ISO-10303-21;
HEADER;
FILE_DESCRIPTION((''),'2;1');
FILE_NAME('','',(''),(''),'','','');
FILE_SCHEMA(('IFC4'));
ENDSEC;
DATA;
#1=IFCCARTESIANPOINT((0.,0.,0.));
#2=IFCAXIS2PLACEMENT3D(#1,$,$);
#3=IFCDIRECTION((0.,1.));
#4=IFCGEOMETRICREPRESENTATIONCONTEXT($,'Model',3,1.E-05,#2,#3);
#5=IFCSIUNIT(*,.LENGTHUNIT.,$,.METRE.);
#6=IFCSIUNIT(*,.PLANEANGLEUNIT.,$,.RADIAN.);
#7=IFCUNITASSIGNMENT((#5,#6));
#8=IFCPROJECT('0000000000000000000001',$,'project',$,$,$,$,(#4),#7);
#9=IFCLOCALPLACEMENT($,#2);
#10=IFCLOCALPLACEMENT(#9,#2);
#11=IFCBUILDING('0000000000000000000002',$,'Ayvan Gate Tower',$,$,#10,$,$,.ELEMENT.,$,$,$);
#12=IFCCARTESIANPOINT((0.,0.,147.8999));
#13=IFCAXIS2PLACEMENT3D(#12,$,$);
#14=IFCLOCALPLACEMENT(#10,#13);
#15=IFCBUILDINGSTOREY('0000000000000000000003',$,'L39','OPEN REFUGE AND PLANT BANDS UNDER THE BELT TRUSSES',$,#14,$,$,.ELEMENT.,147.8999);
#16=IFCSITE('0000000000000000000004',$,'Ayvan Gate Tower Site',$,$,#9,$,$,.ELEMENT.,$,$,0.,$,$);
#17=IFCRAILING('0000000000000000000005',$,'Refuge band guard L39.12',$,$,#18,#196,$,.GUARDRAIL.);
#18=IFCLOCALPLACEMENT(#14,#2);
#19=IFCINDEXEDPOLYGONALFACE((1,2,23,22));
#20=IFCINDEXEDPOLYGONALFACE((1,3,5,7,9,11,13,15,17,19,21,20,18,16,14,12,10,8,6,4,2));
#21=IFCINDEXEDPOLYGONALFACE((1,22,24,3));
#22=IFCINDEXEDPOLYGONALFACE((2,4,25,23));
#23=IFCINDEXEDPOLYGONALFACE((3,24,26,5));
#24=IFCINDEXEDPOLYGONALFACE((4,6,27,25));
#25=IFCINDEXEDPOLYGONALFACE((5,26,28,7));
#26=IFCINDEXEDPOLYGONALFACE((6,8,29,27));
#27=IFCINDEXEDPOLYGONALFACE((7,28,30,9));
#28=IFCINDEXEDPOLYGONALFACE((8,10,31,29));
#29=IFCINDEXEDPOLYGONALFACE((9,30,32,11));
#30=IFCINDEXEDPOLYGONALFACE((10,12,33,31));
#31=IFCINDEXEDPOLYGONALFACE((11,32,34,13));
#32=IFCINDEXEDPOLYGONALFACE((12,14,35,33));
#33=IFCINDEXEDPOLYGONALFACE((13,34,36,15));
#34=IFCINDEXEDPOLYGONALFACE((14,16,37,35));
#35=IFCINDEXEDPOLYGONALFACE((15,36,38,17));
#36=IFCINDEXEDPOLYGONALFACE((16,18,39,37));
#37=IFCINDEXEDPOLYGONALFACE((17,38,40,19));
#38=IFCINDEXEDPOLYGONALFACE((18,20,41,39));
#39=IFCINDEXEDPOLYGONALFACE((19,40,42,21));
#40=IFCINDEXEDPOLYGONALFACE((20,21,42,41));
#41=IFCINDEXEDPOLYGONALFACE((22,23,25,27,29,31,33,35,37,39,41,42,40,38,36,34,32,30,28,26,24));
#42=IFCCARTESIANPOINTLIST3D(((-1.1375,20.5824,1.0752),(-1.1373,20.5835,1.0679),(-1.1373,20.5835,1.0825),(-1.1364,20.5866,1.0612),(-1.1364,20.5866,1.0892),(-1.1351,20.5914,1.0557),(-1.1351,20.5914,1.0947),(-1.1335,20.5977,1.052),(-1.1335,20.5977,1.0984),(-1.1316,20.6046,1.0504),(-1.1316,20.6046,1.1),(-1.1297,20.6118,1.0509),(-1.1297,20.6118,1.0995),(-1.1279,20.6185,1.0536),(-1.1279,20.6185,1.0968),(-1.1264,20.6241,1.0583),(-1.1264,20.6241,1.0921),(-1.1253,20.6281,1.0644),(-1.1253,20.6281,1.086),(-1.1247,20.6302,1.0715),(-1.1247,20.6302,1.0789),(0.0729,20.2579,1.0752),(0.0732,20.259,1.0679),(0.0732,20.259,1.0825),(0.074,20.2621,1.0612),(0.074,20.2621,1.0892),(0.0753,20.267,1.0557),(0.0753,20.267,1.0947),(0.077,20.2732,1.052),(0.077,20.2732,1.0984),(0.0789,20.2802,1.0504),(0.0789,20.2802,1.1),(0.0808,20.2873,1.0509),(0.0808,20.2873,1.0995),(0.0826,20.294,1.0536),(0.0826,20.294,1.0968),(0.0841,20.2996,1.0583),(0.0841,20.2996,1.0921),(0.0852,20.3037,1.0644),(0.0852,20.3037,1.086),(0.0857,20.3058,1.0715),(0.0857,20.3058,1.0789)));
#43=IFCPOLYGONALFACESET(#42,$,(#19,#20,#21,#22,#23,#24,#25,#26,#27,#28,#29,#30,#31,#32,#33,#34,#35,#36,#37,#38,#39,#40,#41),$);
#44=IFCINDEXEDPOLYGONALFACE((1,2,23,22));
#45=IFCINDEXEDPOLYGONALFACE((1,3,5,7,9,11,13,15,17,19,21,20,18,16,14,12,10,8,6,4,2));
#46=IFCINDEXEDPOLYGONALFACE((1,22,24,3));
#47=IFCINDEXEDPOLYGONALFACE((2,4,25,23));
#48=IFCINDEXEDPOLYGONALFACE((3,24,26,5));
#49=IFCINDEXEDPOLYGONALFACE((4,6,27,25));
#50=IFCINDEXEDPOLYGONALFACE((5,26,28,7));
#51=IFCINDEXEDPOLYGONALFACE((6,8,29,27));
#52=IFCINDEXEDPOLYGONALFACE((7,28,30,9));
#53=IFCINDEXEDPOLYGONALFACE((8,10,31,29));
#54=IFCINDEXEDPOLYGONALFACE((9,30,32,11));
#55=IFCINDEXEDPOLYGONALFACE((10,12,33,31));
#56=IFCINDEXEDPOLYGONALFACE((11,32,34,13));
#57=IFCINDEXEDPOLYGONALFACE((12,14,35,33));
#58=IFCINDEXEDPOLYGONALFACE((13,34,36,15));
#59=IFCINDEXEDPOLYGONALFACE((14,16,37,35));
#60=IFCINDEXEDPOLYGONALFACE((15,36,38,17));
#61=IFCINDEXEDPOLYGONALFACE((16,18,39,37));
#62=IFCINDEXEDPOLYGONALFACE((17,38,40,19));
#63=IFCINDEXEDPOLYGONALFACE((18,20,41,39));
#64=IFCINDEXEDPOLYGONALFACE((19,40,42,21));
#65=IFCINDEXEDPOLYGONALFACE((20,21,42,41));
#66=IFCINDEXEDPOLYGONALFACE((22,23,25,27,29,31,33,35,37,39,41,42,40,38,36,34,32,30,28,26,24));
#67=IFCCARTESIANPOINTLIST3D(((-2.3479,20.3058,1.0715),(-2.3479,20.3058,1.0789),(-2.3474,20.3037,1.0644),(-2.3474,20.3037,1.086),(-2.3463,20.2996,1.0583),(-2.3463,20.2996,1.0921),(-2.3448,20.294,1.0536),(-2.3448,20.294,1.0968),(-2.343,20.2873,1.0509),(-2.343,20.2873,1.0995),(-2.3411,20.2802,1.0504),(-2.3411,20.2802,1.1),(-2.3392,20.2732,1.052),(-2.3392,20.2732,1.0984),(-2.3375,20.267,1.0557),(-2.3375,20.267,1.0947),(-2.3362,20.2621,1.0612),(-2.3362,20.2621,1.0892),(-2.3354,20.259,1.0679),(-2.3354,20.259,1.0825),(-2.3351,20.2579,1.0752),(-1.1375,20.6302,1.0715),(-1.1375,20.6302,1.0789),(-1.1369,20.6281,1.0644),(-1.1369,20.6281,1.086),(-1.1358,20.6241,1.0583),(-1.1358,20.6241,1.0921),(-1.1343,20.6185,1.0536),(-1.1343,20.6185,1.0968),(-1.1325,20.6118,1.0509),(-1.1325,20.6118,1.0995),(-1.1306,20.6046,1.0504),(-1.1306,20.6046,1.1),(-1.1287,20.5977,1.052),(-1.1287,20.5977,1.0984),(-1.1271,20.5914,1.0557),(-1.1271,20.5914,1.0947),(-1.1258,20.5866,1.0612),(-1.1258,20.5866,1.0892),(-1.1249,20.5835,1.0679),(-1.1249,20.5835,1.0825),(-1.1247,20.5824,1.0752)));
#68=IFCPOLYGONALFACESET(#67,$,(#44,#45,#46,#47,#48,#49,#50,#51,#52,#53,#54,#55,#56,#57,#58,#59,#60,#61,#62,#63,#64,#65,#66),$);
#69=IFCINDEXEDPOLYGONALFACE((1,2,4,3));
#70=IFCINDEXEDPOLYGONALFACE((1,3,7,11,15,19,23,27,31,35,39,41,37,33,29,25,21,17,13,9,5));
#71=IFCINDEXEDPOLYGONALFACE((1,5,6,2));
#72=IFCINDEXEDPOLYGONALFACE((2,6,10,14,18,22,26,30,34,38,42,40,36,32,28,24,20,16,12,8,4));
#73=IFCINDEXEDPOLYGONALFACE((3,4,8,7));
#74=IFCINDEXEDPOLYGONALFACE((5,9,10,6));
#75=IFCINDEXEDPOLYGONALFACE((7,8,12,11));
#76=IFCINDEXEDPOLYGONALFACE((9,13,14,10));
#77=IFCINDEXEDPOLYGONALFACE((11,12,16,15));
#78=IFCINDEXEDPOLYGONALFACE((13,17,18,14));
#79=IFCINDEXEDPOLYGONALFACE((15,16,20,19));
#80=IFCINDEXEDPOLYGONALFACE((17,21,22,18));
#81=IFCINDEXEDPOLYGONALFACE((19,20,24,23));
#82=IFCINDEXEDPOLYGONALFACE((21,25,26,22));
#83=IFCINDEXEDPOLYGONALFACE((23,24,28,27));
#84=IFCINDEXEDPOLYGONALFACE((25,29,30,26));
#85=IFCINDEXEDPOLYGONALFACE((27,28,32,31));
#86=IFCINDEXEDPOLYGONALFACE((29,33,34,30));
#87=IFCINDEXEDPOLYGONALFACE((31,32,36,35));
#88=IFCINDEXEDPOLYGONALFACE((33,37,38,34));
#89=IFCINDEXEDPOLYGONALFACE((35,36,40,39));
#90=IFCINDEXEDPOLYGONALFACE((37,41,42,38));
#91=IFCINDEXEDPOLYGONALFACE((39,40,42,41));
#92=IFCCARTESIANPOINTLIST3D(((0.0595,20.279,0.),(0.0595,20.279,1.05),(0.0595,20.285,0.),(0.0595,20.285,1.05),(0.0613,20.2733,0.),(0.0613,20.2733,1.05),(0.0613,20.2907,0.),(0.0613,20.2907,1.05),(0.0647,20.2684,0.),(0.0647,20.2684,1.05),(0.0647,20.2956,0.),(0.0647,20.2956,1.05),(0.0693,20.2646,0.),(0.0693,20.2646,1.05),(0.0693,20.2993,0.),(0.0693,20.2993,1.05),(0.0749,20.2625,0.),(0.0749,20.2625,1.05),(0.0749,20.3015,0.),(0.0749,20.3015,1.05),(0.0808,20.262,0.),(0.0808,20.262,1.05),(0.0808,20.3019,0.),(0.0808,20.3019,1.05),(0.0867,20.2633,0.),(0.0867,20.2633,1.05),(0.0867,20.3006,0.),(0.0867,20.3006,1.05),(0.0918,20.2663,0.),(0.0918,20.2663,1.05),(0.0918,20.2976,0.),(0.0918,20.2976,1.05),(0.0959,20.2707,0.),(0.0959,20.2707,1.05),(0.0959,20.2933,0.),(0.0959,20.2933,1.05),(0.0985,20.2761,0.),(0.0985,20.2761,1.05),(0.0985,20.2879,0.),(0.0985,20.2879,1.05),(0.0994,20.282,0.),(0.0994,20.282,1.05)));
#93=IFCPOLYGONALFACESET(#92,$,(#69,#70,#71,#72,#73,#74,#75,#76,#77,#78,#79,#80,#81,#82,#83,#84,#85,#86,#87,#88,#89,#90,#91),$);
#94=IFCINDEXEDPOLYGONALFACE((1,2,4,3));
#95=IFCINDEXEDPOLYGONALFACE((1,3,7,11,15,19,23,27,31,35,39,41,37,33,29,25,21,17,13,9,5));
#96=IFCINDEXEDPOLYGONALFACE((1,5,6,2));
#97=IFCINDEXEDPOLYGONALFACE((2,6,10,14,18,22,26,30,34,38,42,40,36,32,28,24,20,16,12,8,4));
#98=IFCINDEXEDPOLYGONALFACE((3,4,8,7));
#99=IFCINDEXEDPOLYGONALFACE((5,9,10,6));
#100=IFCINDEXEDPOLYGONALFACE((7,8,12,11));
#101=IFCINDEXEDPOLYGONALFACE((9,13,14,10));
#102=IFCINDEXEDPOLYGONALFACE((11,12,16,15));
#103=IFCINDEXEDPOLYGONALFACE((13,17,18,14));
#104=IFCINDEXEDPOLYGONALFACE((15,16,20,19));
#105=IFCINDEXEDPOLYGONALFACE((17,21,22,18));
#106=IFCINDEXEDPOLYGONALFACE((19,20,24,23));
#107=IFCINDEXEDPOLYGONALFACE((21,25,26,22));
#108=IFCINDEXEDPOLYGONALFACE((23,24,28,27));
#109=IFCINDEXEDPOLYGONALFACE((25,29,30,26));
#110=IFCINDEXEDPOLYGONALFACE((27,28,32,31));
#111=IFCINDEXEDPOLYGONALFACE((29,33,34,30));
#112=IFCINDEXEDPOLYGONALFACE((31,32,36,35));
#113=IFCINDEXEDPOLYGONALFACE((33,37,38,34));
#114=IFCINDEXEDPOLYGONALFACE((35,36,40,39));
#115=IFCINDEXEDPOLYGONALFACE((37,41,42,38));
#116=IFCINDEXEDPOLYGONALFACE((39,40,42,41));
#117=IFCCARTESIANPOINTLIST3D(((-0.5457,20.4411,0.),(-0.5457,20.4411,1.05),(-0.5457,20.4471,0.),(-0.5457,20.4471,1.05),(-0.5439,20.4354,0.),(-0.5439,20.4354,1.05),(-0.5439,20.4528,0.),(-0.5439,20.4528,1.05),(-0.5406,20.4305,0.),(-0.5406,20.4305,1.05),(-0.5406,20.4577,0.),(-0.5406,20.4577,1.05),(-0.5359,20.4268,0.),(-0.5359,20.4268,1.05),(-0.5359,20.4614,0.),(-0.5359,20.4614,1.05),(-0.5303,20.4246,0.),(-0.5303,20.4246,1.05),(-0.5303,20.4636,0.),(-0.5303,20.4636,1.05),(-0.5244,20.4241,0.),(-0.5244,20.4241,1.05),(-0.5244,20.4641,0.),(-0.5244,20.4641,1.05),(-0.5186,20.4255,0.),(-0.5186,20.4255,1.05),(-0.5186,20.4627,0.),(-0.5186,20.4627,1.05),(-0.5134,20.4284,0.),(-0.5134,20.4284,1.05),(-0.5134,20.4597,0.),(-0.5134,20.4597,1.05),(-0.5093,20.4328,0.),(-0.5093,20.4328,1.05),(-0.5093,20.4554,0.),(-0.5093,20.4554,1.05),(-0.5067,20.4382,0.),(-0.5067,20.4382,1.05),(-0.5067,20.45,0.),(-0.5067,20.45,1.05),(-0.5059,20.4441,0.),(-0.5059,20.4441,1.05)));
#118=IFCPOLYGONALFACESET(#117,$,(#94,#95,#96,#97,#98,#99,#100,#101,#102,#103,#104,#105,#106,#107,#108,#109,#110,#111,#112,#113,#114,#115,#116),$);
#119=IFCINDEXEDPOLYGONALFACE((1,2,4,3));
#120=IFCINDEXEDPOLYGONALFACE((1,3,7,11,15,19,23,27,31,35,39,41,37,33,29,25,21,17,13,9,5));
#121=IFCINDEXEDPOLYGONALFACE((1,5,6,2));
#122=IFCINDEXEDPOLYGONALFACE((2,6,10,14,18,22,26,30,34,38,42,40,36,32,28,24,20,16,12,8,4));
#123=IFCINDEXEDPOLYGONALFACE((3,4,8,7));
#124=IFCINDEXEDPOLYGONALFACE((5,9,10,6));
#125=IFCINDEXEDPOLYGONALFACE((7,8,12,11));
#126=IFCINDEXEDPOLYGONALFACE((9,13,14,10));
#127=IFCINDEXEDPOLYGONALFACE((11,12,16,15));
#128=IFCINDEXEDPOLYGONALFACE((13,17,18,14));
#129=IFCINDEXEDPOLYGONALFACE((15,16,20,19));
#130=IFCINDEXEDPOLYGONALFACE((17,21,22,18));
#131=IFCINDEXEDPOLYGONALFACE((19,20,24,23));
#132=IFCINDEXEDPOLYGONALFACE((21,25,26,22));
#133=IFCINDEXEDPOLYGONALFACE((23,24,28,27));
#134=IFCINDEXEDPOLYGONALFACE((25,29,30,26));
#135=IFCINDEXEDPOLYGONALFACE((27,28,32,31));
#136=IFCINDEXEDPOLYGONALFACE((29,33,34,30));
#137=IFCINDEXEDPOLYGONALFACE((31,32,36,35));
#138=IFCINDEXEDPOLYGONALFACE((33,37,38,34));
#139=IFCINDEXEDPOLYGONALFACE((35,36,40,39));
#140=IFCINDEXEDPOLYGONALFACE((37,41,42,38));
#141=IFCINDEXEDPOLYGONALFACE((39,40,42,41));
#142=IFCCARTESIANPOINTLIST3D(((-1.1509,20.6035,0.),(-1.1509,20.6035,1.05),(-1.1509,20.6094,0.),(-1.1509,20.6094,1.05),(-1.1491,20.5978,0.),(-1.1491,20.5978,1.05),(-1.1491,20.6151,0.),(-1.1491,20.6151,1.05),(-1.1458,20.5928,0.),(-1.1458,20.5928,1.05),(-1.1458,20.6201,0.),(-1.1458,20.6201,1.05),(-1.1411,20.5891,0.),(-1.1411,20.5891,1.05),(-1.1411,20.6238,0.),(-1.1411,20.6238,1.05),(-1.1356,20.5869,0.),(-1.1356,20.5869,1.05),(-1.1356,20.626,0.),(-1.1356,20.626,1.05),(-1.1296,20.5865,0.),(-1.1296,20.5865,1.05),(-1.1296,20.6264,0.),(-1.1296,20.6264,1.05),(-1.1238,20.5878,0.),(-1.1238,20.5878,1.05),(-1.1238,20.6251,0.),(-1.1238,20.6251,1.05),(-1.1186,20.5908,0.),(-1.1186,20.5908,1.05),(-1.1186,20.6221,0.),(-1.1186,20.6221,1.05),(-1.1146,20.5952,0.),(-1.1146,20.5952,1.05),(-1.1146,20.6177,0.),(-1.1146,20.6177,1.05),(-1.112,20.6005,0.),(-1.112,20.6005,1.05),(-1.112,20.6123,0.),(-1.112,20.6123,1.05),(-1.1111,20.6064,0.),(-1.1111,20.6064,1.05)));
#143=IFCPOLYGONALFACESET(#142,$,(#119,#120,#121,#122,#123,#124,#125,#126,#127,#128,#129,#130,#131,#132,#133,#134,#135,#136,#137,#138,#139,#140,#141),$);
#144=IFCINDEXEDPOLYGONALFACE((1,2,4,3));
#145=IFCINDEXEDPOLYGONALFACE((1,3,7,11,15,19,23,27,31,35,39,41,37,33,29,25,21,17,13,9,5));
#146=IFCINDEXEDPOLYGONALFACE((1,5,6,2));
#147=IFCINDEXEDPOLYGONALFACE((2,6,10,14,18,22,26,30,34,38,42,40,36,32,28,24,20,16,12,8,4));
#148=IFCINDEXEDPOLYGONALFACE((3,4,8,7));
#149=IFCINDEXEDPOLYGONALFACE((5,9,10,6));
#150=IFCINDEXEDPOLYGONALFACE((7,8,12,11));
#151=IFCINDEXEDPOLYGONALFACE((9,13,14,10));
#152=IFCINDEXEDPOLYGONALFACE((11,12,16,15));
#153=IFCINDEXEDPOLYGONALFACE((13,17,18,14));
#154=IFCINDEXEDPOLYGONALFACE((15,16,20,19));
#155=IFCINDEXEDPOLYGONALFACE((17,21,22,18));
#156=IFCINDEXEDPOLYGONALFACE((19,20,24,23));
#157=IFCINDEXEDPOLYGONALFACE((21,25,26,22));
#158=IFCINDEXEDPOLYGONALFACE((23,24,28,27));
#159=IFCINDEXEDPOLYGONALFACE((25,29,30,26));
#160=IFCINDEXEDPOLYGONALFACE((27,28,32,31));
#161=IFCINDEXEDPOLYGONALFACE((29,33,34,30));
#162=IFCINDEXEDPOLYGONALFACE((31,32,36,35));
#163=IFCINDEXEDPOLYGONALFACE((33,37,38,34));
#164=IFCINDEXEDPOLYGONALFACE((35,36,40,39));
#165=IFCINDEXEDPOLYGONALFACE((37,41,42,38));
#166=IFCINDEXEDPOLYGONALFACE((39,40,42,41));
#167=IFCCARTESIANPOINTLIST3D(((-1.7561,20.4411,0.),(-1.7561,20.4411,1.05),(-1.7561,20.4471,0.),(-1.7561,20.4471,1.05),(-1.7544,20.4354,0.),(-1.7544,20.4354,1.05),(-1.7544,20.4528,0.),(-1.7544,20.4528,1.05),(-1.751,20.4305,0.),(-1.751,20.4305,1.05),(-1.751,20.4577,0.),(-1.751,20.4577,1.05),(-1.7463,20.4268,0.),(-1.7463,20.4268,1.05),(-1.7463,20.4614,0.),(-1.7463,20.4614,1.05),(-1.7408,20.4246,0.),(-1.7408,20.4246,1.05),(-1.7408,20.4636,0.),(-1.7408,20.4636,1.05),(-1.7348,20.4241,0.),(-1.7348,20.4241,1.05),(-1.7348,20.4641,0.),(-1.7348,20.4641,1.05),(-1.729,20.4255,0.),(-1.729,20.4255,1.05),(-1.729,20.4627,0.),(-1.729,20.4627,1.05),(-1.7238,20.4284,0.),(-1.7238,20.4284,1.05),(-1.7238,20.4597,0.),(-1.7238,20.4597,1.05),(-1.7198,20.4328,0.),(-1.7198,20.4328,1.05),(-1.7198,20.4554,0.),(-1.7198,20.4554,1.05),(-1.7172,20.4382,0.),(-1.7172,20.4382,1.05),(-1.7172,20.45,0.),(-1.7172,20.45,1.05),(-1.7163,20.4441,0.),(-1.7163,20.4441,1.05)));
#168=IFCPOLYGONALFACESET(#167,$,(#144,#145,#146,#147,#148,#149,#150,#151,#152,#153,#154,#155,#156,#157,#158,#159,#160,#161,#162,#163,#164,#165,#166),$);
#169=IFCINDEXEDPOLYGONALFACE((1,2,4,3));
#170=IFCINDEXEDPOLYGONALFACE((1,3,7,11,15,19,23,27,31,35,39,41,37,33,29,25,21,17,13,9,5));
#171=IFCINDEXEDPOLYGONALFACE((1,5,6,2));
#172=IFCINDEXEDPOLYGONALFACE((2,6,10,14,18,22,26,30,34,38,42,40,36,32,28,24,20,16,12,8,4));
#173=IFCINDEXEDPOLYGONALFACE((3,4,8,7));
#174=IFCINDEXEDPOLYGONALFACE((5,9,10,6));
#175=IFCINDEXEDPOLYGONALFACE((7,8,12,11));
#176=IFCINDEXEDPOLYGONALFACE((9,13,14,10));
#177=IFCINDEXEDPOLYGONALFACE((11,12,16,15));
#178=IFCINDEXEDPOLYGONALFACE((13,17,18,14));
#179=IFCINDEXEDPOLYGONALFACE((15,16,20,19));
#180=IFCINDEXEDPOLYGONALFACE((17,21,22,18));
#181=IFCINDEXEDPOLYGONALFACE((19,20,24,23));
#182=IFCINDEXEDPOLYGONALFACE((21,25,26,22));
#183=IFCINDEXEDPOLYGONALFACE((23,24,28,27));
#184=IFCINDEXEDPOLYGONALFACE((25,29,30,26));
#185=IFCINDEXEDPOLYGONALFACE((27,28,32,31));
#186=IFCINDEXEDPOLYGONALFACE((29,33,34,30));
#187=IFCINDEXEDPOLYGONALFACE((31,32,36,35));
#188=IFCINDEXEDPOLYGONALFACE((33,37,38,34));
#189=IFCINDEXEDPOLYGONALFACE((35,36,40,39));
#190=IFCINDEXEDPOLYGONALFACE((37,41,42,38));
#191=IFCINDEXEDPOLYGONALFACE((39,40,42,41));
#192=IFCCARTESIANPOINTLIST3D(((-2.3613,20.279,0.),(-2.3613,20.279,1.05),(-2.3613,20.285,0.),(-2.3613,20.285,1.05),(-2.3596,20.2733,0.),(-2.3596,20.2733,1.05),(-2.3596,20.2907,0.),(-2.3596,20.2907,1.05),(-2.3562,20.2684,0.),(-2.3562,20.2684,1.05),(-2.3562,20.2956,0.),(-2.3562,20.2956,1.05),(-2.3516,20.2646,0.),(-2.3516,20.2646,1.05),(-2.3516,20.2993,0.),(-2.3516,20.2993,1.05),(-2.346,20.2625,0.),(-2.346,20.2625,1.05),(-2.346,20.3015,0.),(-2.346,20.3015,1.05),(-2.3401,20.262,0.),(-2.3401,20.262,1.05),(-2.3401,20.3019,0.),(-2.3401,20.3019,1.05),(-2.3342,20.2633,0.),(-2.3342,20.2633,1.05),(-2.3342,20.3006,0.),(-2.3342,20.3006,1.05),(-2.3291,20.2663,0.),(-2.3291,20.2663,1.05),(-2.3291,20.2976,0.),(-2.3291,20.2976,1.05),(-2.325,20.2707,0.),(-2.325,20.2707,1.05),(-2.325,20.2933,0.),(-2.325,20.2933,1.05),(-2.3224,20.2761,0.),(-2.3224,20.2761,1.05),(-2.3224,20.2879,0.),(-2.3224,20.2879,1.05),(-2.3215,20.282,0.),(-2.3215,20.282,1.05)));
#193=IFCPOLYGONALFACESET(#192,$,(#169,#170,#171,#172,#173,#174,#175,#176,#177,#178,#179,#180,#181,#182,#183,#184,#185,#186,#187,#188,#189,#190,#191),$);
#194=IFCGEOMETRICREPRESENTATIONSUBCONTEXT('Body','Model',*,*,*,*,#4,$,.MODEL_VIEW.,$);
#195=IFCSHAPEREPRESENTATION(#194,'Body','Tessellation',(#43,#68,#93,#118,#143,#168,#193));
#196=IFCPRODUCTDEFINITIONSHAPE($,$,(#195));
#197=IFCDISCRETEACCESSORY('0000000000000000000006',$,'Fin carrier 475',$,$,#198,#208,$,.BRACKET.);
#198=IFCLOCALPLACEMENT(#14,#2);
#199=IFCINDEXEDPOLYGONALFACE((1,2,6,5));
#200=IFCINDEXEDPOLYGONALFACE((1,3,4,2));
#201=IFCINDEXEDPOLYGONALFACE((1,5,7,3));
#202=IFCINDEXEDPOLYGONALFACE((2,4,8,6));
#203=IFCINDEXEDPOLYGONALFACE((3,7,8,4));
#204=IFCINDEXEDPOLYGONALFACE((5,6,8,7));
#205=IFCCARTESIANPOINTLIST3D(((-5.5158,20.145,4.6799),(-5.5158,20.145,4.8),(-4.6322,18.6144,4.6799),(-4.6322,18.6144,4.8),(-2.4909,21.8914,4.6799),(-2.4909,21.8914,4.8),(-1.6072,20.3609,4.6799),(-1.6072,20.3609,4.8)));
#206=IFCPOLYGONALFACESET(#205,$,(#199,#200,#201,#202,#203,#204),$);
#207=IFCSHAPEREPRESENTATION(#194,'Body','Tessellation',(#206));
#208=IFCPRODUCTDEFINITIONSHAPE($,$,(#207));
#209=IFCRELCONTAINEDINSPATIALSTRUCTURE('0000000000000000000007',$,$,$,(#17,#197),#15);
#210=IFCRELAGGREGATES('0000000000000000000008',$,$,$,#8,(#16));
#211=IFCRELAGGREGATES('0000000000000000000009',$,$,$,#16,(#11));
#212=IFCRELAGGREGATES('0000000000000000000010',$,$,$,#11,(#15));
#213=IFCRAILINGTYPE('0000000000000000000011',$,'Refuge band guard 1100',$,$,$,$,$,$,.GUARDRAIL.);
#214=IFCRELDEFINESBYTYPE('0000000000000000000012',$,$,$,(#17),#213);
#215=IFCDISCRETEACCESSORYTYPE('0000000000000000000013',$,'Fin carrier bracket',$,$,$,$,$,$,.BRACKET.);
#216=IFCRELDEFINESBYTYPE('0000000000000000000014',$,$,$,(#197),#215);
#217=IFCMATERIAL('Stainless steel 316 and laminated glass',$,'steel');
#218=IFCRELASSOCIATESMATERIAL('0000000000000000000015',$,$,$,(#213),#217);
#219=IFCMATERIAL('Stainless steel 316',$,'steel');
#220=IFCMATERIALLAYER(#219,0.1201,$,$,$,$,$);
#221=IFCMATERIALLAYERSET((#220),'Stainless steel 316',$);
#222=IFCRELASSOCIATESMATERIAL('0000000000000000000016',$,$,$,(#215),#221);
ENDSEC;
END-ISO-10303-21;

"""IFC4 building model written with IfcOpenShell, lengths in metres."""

from ifc_helpers import new_model, si_unit, direction, frame, origin, origin_2d, place, context, subcontext, project, spatial, rectangle, circle, extrude, material, layer, layer_set, type_object, element, save


model = new_model("IFC4")

# Units and contexts
model_context = context("Model", 3, precision=1e-05, world=origin(), true_north=direction((0.0, 1.0)))
body_context = subcontext(model_context, "Body", "Model", "MODEL_VIEW")
ifc_project = project(units=[si_unit("LENGTHUNIT", "METRE"), si_unit("PLANEANGLEUNIT", "RADIAN")], contexts=[model_context])

# Site, building, storey
site_placement = place(None, origin())
site = spatial("IfcSite", under=ifc_project, at=site_placement, Name="Ayvan Gate Tower Site", CompositionType="ELEMENT", RefElevation=0.0)
building_placement = place(site_placement, origin())
building = spatial("IfcBuilding", under=site, at=building_placement, Name="Ayvan Gate Tower", CompositionType="ELEMENT")
storey_placement = place(building_placement, frame((0.0, 0.0, 147.8999)))
storey = spatial("IfcBuildingStorey", under=building, at=storey_placement, Name="L39", Description="OPEN REFUGE AND PLANT BANDS UNDER THE BELT TRUSSES", CompositionType="ELEMENT", Elevation=147.8999)

# Railing
ifc_material_1 = material(Name="Stainless steel 316 and laminated glass", Category="steel")
railing_type = type_object("IfcRailingType", Name="Refuge band guard 1100", PredefinedType="GUARDRAIL", material=ifc_material_1)
railing_1_placement = place(storey_placement, frame((0.0793, 20.282, 0.0)))
element("IfcRailing", 1, at=railing_1_placement, inside=storey, type_object=railing_type, Name="Refuge band guard L39.12", PredefinedType="GUARDRAIL", context=body_context, shape_type="SweptSolid", body=[
    extrude(circle(Radius=0.0249, at=origin_2d()), frame((0.0, 0.0, 1.0752), z_axis=(-0.965901, 0.258911, 0.0), x_axis=(-0.258911, -0.965901, 0.0)), (0.0, 0.0, 1.0), 1.2532),
    extrude(circle(Radius=0.0249, at=origin_2d()), frame((-1.2104, 0.3245, 1.0752), z_axis=(-0.965901, -0.258911, 0.0), x_axis=(0.258911, -0.965901, 0.0)), (0.0, 0.0, 1.0), 1.2532),
    extrude(circle(Radius=0.02, at=origin_2d()), origin(), (0.0, 0.0, 1.0), 1.05),
    extrude(circle(Radius=0.02, at=origin_2d()), frame((-0.6052, 0.1621, 0.0)), (0.0, 0.0, 1.0), 1.05),
    extrude(circle(Radius=0.02, at=origin_2d()), frame((-1.2104, 0.3245, 0.0)), (0.0, 0.0, 1.0), 1.05),
    extrude(circle(Radius=0.02, at=origin_2d()), frame((-1.8157, 0.1621, 0.0)), (0.0, 0.0, 1.0), 1.05),
    extrude(circle(Radius=0.02, at=origin_2d()), frame((-2.4209, 0.0, 0.0)), (0.0, 0.0, 1.0), 1.05),
])

# Discrete accessory
ifc_material_2 = material(Name="Stainless steel 316", Category="steel")
ifc_layer_1 = layer(ifc_material_2, 0.1201)
ifc_layer_set_1 = layer_set([ifc_layer_1], Name="Stainless steel 316")
discrete_accessory_type_1 = type_object("IfcDiscreteAccessoryType", Name="Fin carrier bracket", PredefinedType="BRACKET", material=ifc_layer_set_1)
discrete_accessory_1_placement = place(storey_placement, frame((-3.5615, 20.2529, 4.6799), z_axis=(0.0, 0.0, 1.0), x_axis=(-0.866025, -0.5, 0.0)))
element("IfcDiscreteAccessory", 2, at=discrete_accessory_1_placement, inside=storey, type_object=discrete_accessory_type_1, Name="Fin carrier 475", PredefinedType="BRACKET", context=body_context, shape_type="SweptSolid", body=[
    extrude(rectangle(XDim=3.4929, YDim=1.7673, at=origin_2d()), origin(), (0.0, 0.0, 1.0), 0.1201),
])

save(model, "model.ifc")
